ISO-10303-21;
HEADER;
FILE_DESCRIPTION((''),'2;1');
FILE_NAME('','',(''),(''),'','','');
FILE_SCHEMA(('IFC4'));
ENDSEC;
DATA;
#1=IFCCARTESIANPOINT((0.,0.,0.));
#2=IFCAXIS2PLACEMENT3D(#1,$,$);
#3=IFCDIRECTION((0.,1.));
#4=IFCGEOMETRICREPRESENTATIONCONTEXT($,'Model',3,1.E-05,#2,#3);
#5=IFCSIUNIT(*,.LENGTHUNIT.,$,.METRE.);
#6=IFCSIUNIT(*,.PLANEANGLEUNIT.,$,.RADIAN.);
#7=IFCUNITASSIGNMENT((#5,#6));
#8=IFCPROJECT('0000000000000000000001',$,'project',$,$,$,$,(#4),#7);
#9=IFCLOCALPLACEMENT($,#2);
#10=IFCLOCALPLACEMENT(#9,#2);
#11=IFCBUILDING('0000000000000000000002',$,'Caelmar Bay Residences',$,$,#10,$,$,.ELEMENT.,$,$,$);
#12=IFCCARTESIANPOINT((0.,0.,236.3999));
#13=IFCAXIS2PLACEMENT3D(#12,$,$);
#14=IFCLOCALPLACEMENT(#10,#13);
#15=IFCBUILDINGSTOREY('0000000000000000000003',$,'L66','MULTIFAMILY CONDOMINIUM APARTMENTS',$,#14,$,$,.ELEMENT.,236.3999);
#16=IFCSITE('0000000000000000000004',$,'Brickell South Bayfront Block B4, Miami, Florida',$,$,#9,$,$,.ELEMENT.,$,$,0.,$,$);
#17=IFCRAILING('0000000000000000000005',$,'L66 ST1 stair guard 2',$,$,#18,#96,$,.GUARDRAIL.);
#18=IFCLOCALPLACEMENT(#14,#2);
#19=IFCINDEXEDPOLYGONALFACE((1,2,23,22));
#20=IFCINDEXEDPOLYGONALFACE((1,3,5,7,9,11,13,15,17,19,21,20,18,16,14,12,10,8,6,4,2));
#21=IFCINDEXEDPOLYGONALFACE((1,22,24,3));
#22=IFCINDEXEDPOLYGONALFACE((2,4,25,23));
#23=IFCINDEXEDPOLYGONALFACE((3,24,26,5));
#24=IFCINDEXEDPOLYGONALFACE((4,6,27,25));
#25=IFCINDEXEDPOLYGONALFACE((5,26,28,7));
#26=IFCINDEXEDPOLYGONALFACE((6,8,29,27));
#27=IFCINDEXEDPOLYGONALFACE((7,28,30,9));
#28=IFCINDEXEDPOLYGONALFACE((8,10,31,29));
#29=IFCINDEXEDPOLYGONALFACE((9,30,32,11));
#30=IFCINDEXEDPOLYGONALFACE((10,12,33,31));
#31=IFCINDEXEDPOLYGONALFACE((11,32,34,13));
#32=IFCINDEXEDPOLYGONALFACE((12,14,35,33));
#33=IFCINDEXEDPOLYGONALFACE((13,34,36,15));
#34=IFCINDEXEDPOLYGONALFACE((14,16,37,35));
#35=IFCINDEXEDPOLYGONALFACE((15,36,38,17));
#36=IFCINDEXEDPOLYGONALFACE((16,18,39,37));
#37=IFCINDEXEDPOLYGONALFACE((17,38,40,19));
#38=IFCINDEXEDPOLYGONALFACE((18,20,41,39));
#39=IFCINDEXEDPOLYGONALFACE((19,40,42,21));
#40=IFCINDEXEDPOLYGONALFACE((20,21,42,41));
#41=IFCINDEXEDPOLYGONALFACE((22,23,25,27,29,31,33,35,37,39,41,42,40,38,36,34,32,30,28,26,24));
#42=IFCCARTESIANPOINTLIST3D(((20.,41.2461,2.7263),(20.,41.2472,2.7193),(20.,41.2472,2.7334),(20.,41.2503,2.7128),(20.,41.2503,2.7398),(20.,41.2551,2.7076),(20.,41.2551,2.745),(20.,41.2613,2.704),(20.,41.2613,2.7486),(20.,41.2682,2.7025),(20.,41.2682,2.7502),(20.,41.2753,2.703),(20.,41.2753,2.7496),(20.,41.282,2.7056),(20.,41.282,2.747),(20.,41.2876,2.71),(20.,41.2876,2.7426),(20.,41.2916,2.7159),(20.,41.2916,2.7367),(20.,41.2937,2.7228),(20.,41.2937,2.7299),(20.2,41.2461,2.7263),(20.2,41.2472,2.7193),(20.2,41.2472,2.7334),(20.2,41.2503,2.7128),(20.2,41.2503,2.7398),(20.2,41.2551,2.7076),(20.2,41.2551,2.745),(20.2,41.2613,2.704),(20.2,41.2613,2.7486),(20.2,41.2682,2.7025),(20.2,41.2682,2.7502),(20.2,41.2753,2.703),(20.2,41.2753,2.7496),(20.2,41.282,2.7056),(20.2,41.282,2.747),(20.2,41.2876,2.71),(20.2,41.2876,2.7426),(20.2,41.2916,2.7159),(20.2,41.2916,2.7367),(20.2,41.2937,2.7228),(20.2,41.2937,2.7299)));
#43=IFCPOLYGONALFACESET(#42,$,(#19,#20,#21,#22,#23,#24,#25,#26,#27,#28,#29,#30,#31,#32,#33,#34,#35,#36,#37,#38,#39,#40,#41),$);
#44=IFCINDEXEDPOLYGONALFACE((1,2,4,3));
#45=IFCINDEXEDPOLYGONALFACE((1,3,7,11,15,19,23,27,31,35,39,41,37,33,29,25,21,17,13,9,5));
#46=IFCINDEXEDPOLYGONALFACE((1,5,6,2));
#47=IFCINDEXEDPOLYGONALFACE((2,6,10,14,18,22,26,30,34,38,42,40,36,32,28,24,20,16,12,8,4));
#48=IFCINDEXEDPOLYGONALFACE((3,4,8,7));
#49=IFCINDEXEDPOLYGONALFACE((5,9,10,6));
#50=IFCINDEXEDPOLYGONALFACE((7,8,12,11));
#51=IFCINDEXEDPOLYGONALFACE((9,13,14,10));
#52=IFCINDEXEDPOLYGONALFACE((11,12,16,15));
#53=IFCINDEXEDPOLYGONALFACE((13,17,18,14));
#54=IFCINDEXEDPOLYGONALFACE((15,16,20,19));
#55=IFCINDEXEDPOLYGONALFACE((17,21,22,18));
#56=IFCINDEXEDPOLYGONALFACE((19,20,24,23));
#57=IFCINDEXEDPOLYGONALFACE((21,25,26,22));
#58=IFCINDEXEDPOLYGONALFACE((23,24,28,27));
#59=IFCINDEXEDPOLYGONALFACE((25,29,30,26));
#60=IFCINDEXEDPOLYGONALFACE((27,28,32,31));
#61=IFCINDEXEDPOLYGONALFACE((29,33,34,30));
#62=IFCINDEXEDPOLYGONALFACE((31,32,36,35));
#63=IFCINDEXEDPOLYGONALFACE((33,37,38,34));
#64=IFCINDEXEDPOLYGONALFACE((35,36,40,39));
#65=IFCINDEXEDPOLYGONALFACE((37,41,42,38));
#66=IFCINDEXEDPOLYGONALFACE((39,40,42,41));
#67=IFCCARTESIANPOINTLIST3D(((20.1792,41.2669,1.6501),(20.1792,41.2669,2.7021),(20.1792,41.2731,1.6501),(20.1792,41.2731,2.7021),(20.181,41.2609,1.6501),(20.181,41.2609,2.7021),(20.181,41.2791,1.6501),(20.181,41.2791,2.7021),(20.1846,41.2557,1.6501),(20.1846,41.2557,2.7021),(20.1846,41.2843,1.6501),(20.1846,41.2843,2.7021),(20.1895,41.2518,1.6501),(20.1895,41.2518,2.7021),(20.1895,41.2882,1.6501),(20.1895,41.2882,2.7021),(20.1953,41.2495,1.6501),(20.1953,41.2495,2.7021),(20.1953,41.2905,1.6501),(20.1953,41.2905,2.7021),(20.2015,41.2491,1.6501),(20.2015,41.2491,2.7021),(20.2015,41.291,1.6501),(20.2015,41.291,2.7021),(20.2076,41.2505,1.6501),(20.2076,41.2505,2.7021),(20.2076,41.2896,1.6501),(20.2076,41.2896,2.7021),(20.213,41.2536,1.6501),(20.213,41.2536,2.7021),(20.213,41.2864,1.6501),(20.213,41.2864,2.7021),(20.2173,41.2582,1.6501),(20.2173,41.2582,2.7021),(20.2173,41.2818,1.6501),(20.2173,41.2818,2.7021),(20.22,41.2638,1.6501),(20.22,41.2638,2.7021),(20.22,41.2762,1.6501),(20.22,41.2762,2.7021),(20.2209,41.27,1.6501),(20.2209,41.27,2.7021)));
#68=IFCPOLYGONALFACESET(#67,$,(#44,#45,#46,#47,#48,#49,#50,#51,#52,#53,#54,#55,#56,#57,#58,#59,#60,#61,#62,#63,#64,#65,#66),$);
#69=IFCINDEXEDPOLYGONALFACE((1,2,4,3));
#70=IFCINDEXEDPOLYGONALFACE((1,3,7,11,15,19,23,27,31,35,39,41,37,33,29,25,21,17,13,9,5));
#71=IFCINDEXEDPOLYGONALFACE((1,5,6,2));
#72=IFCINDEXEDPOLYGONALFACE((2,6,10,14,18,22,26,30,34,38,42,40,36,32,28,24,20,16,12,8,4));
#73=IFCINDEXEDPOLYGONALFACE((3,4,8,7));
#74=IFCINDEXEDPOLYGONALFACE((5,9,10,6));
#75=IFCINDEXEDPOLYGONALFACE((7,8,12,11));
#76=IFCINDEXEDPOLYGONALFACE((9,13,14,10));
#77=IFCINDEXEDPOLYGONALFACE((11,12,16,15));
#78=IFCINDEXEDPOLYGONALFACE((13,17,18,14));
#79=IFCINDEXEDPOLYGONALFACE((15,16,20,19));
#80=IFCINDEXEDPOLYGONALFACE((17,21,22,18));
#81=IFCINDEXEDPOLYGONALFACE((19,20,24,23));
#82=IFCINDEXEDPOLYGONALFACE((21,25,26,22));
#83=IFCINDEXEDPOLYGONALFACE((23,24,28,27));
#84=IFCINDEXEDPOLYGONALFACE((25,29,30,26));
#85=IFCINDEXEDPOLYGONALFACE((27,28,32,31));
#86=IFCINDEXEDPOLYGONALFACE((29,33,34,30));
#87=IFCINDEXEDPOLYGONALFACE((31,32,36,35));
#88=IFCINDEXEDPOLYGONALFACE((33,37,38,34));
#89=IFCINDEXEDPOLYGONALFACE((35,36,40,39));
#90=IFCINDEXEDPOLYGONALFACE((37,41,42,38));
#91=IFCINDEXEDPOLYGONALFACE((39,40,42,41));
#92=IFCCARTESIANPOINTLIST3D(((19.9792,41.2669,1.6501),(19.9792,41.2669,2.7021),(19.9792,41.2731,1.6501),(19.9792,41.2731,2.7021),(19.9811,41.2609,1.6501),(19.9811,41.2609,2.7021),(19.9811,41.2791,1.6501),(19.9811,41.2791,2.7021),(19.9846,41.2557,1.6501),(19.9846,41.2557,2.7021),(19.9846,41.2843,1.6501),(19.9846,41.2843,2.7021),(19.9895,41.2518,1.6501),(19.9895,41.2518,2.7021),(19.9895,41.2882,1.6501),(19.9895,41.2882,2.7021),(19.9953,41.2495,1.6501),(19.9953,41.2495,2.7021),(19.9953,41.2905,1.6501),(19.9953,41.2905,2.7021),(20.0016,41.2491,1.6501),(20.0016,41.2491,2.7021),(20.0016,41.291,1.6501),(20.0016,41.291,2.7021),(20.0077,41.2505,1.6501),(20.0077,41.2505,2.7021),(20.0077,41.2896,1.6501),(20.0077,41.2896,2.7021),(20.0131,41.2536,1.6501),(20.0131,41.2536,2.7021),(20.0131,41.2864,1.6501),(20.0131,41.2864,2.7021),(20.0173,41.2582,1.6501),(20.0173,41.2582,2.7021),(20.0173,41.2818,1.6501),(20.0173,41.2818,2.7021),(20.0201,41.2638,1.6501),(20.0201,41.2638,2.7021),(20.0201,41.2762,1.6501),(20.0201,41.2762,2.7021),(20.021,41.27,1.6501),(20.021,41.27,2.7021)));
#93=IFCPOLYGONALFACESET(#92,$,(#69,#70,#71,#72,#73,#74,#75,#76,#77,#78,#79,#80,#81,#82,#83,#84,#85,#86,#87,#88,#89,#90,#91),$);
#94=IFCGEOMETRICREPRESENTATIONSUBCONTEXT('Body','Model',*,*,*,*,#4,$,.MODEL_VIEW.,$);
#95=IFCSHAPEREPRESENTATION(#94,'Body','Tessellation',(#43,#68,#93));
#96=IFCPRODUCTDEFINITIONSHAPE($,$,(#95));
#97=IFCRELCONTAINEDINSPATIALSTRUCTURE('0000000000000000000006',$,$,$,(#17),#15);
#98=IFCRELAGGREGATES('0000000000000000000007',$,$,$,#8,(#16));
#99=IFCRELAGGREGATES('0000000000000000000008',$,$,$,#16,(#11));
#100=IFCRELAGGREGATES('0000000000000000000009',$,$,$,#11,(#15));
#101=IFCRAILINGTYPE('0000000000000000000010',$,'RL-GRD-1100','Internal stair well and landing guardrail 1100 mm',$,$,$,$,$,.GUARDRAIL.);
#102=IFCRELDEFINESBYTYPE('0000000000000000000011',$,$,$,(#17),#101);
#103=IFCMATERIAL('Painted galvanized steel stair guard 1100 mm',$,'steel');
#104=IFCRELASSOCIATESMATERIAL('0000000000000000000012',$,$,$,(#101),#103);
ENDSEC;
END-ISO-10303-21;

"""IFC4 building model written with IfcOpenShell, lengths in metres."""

from ifc_helpers import new_model, si_unit, direction, frame, origin, origin_2d, place, context, subcontext, project, spatial, circle, extrude, material, type_object, element, save


model = new_model("IFC4")

# Units and contexts
model_context = context("Model", 3, precision=1e-05, world=origin(), true_north=direction((0.0, 1.0)))
body_context = subcontext(model_context, "Body", "Model", "MODEL_VIEW")
ifc_project = project(units=[si_unit("LENGTHUNIT", "METRE"), si_unit("PLANEANGLEUNIT", "RADIAN")], contexts=[model_context])

# Site, building, storey
site_placement = place(None, origin())
site = spatial("IfcSite", under=ifc_project, at=site_placement, Name="Brickell South Bayfront Block B4, Miami, Florida", CompositionType="ELEMENT", RefElevation=0.0)
building_placement = place(site_placement, origin())
building = spatial("IfcBuilding", under=site, at=building_placement, Name="Caelmar Bay Residences", CompositionType="ELEMENT")
storey_placement = place(building_placement, frame((0.0, 0.0, 236.3999)))
storey = spatial("IfcBuildingStorey", under=building, at=storey_placement, Name="L66", Description="MULTIFAMILY CONDOMINIUM APARTMENTS", CompositionType="ELEMENT", Elevation=236.3999)

# Railing
ifc_material_1 = material(Name="Painted galvanized steel stair guard 1100 mm", Category="steel")
railing_type_1 = type_object("IfcRailingType", Name="RL-GRD-1100", Description="Internal stair well and landing guardrail 1100 mm", PredefinedType="GUARDRAIL", material=ifc_material_1)
railing_1_placement = place(storey_placement, frame((20.2, 41.27, 1.6501)))
element("IfcRailing", 1, at=railing_1_placement, inside=storey, type_object=railing_type_1, Name="L66 ST1 stair guard 2", PredefinedType="GUARDRAIL", context=body_context, shape_type="SweptSolid", body=[
    extrude(circle(Radius=0.0239, at=origin_2d()), frame((0.0, 0.0, 1.0762), z_axis=(-1.0, 0.0, 0.0), x_axis=(0.0, -1.0, 0.0)), (0.0, 0.0, 1.0), 0.2),
    extrude(circle(Radius=0.021, at=origin_2d()), origin(), (0.0, 0.0, 1.0), 1.052),
    extrude(circle(Radius=0.021, at=origin_2d()), frame((-0.2, 0.0, 0.0)), (0.0, 0.0, 1.0), 1.052),
])

save(model, "model.ifc")
